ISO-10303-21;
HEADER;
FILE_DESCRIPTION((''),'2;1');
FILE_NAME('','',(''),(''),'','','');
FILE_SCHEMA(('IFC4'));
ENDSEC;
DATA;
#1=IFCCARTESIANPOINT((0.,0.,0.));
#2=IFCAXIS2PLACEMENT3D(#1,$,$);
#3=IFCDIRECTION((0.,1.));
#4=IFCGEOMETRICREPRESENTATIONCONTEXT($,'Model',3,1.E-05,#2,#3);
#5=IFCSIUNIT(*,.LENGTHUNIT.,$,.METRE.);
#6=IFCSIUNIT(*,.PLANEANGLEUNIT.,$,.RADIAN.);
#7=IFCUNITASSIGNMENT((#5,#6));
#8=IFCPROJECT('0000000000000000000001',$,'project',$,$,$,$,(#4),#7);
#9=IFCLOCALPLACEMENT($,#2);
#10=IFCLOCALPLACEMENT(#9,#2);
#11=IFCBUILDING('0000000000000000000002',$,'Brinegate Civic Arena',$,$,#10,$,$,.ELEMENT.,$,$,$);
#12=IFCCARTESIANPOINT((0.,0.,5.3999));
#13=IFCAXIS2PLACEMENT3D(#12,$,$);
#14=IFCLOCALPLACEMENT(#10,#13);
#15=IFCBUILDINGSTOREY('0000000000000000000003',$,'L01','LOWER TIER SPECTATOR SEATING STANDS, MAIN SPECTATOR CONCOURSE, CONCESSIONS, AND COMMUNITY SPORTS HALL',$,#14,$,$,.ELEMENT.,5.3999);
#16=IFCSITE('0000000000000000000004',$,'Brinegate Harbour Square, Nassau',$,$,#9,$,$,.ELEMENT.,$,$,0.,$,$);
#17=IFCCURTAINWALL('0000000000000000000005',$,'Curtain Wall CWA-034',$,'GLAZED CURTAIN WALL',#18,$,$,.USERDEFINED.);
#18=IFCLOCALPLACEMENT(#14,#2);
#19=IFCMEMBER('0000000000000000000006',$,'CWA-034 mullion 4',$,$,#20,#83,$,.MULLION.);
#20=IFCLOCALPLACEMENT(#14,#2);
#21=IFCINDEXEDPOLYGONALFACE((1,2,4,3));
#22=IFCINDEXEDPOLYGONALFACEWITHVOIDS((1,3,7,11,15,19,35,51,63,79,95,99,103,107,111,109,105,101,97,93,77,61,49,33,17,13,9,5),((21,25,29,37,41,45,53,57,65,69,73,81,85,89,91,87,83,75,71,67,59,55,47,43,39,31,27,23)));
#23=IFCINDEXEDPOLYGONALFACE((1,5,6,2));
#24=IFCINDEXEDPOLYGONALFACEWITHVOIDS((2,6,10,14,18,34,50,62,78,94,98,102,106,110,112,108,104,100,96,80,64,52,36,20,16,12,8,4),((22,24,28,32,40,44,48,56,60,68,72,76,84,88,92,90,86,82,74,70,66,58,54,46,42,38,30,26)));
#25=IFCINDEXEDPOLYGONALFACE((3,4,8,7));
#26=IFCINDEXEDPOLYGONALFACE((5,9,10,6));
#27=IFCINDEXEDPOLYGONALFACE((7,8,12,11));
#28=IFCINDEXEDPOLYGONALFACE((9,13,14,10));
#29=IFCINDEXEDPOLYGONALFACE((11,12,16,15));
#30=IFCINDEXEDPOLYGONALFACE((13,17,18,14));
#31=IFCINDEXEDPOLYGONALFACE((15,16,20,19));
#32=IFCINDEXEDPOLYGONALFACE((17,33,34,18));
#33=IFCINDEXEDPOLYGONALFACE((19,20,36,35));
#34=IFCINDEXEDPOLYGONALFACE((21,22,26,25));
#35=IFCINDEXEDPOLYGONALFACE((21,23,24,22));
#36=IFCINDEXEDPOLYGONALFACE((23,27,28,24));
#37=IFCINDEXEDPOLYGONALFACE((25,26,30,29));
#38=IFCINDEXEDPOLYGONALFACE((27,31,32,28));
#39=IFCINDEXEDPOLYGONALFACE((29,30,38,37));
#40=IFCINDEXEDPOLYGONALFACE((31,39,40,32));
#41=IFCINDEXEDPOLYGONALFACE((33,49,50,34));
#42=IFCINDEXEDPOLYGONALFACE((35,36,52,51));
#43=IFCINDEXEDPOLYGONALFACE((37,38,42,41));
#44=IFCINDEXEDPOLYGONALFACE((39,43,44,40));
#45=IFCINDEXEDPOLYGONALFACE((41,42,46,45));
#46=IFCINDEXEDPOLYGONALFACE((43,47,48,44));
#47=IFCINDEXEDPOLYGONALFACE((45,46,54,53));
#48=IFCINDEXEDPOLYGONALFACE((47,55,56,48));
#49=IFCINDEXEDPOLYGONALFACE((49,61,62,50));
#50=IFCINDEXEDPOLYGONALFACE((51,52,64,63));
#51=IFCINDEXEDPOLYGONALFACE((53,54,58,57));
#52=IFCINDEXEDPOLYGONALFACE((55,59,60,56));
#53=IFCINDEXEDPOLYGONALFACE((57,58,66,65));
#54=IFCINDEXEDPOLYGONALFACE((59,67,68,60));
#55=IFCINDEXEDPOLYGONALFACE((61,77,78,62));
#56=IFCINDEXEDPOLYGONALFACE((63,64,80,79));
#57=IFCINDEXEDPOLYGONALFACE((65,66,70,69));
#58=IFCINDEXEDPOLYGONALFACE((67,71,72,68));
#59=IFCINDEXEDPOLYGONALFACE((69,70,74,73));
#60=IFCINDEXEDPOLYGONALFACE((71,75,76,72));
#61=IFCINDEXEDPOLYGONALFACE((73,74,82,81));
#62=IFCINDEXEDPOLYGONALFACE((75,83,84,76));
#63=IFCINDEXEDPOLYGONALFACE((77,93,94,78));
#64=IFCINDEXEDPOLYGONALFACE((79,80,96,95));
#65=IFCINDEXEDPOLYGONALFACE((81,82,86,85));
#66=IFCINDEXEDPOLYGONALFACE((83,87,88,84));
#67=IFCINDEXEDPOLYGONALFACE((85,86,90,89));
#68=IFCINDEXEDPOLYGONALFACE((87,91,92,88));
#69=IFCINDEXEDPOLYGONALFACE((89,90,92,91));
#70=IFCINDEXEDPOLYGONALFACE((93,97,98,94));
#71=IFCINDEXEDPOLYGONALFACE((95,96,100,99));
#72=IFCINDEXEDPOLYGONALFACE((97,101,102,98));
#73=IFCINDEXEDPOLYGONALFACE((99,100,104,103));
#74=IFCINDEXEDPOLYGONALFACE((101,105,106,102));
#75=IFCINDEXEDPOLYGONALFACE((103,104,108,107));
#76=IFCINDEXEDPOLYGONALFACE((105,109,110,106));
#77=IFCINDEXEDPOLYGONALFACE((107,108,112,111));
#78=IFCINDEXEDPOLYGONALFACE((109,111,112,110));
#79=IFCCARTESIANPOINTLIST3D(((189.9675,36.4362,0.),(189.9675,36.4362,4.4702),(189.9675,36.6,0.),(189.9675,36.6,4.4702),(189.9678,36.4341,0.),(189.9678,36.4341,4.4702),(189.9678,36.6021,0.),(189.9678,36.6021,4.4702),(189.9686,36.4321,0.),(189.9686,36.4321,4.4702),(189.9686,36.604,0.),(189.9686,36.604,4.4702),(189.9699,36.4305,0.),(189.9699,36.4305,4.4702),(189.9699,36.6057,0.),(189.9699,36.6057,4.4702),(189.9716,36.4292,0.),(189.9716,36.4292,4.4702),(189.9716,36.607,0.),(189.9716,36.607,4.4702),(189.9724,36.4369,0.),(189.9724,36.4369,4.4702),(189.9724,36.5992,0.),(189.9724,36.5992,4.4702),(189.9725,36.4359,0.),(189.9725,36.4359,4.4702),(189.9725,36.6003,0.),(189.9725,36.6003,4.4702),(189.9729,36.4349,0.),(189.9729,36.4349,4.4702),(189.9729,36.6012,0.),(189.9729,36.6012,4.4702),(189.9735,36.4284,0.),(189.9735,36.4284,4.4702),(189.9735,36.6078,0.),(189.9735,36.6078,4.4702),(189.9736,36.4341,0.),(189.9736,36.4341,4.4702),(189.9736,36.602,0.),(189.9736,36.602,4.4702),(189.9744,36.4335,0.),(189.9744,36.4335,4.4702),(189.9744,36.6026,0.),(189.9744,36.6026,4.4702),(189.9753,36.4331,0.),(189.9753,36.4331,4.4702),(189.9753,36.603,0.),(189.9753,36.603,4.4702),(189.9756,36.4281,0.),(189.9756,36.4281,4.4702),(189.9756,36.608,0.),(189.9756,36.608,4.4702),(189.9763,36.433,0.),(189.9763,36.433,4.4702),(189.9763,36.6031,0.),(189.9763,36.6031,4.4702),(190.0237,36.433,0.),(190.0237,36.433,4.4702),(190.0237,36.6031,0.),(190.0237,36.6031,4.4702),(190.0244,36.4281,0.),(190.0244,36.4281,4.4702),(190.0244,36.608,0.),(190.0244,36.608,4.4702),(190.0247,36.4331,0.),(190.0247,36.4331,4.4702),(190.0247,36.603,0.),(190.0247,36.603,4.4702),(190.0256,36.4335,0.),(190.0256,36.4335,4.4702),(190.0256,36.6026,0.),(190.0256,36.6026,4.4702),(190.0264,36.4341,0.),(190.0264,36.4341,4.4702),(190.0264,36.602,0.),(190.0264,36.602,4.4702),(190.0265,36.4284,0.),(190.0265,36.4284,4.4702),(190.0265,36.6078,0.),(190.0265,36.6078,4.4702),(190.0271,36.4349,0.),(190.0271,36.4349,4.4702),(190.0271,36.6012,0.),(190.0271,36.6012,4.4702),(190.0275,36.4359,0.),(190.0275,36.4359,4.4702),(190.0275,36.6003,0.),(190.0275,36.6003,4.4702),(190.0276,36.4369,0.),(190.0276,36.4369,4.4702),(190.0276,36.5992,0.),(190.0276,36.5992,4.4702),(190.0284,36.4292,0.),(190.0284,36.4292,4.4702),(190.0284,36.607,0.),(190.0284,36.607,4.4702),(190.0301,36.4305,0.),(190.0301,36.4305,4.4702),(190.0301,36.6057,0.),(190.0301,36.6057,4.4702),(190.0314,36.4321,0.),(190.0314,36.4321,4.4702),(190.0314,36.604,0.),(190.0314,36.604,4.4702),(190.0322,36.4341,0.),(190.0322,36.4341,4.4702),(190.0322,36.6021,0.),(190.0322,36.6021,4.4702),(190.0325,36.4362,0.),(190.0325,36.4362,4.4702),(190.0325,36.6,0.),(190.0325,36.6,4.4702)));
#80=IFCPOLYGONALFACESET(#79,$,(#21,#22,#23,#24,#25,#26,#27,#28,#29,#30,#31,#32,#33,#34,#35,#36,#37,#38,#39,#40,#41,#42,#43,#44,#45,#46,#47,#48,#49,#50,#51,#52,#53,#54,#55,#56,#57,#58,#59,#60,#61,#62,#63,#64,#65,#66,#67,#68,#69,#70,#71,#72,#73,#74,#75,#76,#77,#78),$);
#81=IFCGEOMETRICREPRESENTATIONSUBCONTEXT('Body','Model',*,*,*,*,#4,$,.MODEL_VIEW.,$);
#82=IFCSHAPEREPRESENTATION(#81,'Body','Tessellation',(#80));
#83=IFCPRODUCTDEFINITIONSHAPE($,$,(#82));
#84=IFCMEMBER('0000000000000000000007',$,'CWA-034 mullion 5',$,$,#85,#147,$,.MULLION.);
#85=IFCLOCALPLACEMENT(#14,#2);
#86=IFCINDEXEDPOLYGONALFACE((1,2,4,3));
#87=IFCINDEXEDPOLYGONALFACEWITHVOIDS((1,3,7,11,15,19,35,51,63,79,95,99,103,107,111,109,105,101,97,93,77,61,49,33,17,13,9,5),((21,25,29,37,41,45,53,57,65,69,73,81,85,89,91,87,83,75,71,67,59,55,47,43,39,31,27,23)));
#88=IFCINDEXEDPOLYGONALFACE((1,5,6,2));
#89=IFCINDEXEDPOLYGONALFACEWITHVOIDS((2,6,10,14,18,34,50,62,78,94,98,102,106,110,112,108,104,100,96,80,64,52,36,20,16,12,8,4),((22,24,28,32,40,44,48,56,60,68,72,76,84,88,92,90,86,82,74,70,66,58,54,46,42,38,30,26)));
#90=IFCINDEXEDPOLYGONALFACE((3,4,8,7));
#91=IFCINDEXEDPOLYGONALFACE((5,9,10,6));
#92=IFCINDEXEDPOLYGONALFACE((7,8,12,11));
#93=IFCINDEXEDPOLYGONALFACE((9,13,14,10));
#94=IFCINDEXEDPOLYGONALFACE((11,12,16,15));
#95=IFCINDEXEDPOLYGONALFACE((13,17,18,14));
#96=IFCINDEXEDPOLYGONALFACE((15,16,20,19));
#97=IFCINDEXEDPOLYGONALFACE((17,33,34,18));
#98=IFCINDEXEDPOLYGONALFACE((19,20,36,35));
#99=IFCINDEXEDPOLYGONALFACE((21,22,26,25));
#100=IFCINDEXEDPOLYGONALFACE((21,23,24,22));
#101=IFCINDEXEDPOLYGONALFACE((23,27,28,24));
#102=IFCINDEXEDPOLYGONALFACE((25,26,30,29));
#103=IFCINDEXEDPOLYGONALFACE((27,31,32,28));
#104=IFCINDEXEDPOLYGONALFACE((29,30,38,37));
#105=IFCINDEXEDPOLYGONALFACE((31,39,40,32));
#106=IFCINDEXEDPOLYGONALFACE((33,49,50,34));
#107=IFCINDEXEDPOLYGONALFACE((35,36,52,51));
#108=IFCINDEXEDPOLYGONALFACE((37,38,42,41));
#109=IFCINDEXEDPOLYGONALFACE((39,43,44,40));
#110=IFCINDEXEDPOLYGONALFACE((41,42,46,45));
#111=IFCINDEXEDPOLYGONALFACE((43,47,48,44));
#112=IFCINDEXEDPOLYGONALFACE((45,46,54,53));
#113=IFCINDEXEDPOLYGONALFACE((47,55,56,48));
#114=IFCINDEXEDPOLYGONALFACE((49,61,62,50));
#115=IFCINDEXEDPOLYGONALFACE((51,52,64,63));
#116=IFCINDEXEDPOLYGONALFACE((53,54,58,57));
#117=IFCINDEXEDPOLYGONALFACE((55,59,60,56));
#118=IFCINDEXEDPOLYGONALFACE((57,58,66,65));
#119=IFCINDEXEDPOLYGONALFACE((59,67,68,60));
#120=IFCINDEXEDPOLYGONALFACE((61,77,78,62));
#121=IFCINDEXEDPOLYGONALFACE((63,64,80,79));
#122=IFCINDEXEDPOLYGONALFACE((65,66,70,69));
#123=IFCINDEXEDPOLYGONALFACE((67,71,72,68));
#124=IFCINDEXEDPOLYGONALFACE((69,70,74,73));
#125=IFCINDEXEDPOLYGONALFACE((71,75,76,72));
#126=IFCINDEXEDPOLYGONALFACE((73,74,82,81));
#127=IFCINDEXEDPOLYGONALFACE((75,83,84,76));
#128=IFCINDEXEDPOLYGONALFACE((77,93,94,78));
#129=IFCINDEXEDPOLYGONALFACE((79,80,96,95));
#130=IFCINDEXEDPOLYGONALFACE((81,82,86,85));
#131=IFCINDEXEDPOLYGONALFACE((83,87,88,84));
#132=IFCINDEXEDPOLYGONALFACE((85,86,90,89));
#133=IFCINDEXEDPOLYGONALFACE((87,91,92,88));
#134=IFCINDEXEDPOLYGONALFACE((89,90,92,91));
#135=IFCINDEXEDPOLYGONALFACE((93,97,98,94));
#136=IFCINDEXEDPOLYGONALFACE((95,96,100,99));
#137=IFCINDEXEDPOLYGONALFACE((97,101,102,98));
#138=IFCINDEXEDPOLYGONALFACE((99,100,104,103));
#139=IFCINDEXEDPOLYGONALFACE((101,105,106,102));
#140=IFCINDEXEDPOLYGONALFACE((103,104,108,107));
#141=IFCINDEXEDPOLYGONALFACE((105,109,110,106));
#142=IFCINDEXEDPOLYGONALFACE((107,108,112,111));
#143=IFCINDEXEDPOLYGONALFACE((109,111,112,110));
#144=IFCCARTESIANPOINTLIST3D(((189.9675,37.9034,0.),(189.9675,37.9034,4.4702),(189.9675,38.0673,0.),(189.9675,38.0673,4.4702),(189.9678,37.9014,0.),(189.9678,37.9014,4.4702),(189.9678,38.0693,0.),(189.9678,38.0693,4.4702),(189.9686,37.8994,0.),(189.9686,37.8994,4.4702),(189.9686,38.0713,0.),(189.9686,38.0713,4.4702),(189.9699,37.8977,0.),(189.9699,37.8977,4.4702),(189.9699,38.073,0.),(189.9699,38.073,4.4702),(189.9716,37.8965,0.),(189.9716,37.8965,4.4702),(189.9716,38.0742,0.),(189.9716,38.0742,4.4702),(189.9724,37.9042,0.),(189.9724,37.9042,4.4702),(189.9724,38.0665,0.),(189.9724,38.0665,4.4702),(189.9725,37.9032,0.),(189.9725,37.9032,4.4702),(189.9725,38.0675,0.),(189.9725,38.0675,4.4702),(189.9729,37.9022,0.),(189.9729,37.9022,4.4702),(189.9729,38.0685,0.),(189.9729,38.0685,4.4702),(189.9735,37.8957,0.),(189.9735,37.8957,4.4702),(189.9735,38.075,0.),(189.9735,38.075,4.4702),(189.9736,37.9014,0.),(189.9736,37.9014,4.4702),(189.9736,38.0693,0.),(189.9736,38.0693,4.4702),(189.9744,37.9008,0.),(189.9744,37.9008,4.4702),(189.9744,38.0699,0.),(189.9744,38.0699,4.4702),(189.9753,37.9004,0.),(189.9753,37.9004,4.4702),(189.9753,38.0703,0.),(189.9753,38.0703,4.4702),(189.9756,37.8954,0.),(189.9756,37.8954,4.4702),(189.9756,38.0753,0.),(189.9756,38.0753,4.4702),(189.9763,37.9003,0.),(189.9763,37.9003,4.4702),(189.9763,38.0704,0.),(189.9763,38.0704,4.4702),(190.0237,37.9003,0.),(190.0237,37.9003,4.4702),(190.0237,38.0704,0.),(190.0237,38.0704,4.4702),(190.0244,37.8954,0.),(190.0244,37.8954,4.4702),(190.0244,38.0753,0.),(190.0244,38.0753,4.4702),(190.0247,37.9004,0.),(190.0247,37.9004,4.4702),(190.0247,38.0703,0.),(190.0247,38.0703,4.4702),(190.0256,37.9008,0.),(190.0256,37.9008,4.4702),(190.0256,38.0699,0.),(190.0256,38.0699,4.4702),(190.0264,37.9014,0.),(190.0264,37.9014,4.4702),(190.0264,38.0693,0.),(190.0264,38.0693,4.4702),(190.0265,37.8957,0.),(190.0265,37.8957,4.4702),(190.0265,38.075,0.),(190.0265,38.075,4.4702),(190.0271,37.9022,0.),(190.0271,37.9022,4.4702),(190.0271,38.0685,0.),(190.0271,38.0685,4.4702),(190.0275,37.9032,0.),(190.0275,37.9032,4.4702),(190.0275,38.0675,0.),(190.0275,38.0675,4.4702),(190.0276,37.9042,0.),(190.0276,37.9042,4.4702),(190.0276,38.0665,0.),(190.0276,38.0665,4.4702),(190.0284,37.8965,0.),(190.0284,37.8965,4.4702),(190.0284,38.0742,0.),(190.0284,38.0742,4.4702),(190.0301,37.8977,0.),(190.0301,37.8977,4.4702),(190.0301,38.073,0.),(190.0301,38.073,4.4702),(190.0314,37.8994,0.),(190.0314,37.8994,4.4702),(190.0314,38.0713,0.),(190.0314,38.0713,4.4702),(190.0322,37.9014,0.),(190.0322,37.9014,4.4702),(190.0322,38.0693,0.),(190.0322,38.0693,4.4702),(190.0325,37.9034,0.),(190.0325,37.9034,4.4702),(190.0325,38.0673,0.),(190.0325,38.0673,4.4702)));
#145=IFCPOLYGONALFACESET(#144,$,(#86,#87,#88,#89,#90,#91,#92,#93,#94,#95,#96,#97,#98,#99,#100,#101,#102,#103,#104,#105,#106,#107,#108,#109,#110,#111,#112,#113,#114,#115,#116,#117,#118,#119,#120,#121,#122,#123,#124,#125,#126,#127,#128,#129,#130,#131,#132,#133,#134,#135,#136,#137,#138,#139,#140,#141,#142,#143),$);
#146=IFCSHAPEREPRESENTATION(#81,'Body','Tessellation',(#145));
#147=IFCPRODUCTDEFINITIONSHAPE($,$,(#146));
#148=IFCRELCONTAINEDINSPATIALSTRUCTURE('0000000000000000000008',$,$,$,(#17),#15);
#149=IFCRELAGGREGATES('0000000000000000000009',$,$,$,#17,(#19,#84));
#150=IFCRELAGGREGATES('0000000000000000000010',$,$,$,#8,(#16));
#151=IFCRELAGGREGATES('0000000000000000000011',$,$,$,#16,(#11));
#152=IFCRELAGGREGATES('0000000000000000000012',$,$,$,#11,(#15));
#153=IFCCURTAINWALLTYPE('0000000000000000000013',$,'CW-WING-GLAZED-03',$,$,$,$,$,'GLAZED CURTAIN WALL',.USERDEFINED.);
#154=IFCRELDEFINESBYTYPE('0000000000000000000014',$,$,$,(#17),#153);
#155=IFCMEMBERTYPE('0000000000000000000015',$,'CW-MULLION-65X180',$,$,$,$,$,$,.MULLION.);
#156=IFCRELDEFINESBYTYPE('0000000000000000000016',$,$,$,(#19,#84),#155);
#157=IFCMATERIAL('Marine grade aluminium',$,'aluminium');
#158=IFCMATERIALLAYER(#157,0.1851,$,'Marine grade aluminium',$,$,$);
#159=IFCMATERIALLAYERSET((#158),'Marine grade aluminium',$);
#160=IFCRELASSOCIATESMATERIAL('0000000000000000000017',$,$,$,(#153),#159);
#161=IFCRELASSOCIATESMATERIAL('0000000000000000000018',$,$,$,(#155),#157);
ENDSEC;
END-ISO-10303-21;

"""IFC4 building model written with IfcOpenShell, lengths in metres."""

from ifc_helpers import new_model, si_unit, direction, frame, origin, origin_2d, place, context, subcontext, project, spatial, hollow_rectangle, extrude, material, layer, layer_set, material_profile, profile_set, type_object, element, aggregate, save


model = new_model("IFC4")

# Units and contexts
model_context = context("Model", 3, precision=1e-05, world=origin(), true_north=direction((0.0, 1.0)))
body_context = subcontext(model_context, "Body", "Model", "MODEL_VIEW")
ifc_project = project(units=[si_unit("LENGTHUNIT", "METRE"), si_unit("PLANEANGLEUNIT", "RADIAN")], contexts=[model_context])

# Site, building, storey
site_placement = place(None, origin())
site = spatial("IfcSite", under=ifc_project, at=site_placement, Name="Brinegate Harbour Square, Nassau", CompositionType="ELEMENT", RefElevation=0.0)
building_placement = place(site_placement, origin())
building = spatial("IfcBuilding", under=site, at=building_placement, Name="Brinegate Civic Arena", CompositionType="ELEMENT")
storey_placement = place(building_placement, frame((0.0, 0.0, 5.3999)))
storey = spatial("IfcBuildingStorey", under=building, at=storey_placement, Name="L01", Description="LOWER TIER SPECTATOR SEATING STANDS, MAIN SPECTATOR CONCOURSE, CONCESSIONS, AND COMMUNITY SPORTS HALL", CompositionType="ELEMENT", Elevation=5.3999)

# Curtain wall, members
ifc_material_1 = material(Name="Marine grade aluminium", Category="aluminium")
ifc_layer_1 = layer(ifc_material_1, 0.1851, Name="Marine grade aluminium")
ifc_layer_set_1 = layer_set([ifc_layer_1], Name="Marine grade aluminium")
curtain_wall_type = type_object("IfcCurtainWallType", Name="CW-WING-GLAZED-03", ElementType="GLAZED CURTAIN WALL", PredefinedType="USERDEFINED", material=ifc_layer_set_1)
curtain_wall_placement = place(storey_placement, origin())
curtain_wall = element("IfcCurtainWall", 1, at=curtain_wall_placement, inside=storey, type_object=curtain_wall_type, Name="Curtain Wall CWA-034", ObjectType="GLAZED CURTAIN WALL", PredefinedType="USERDEFINED")
ifc_material_profile_1 = material_profile(ifc_material_1, hollow_rectangle(XDim=0.0649, YDim=0.1799, WallThickness=0.0049, InnerFilletRadius=0.0039, OuterFilletRadius=0.0081, at=origin_2d()), Name="MUL65X180")
ifc_profile_set_1 = profile_set([ifc_material_profile_1], Name="Marine grade aluminium")
member_type_1 = type_object("IfcMemberType", Name="CW-MULLION-65X180", PredefinedType="MULLION", material=ifc_profile_set_1)
member_1_placement = place(storey_placement, frame((190.0, 36.5181, 0.0), z_axis=(0.0, 0.0, 1.0), x_axis=(-1.0, 0.0, 0.0)))
member_1 = element("IfcMember", 2, at=member_1_placement, type_object=member_type_1, Name="CWA-034 mullion 4", PredefinedType="MULLION", context=body_context, shape_type="SweptSolid", body=[
    extrude(hollow_rectangle(XDim=0.0649, YDim=0.1799, WallThickness=0.0049, InnerFilletRadius=0.0039, OuterFilletRadius=0.0081, at=origin_2d()), origin(), (0.0, 0.0, 1.0), 4.4702),
])
member_2_placement = place(storey_placement, frame((190.0, 37.9854, 0.0), z_axis=(0.0, 0.0, 1.0), x_axis=(-1.0, 0.0, 0.0)))
member_2 = element("IfcMember", 3, at=member_2_placement, type_object=member_type_1, Name="CWA-034 mullion 5", PredefinedType="MULLION", context=body_context, shape_type="SweptSolid", body=[
    extrude(hollow_rectangle(XDim=0.0649, YDim=0.1799, WallThickness=0.0049, InnerFilletRadius=0.0039, OuterFilletRadius=0.0081, at=origin_2d()), origin(), (0.0, 0.0, 1.0), 4.4702),
])
aggregate(curtain_wall, [member_1, member_2])

save(model, "model.ifc")
